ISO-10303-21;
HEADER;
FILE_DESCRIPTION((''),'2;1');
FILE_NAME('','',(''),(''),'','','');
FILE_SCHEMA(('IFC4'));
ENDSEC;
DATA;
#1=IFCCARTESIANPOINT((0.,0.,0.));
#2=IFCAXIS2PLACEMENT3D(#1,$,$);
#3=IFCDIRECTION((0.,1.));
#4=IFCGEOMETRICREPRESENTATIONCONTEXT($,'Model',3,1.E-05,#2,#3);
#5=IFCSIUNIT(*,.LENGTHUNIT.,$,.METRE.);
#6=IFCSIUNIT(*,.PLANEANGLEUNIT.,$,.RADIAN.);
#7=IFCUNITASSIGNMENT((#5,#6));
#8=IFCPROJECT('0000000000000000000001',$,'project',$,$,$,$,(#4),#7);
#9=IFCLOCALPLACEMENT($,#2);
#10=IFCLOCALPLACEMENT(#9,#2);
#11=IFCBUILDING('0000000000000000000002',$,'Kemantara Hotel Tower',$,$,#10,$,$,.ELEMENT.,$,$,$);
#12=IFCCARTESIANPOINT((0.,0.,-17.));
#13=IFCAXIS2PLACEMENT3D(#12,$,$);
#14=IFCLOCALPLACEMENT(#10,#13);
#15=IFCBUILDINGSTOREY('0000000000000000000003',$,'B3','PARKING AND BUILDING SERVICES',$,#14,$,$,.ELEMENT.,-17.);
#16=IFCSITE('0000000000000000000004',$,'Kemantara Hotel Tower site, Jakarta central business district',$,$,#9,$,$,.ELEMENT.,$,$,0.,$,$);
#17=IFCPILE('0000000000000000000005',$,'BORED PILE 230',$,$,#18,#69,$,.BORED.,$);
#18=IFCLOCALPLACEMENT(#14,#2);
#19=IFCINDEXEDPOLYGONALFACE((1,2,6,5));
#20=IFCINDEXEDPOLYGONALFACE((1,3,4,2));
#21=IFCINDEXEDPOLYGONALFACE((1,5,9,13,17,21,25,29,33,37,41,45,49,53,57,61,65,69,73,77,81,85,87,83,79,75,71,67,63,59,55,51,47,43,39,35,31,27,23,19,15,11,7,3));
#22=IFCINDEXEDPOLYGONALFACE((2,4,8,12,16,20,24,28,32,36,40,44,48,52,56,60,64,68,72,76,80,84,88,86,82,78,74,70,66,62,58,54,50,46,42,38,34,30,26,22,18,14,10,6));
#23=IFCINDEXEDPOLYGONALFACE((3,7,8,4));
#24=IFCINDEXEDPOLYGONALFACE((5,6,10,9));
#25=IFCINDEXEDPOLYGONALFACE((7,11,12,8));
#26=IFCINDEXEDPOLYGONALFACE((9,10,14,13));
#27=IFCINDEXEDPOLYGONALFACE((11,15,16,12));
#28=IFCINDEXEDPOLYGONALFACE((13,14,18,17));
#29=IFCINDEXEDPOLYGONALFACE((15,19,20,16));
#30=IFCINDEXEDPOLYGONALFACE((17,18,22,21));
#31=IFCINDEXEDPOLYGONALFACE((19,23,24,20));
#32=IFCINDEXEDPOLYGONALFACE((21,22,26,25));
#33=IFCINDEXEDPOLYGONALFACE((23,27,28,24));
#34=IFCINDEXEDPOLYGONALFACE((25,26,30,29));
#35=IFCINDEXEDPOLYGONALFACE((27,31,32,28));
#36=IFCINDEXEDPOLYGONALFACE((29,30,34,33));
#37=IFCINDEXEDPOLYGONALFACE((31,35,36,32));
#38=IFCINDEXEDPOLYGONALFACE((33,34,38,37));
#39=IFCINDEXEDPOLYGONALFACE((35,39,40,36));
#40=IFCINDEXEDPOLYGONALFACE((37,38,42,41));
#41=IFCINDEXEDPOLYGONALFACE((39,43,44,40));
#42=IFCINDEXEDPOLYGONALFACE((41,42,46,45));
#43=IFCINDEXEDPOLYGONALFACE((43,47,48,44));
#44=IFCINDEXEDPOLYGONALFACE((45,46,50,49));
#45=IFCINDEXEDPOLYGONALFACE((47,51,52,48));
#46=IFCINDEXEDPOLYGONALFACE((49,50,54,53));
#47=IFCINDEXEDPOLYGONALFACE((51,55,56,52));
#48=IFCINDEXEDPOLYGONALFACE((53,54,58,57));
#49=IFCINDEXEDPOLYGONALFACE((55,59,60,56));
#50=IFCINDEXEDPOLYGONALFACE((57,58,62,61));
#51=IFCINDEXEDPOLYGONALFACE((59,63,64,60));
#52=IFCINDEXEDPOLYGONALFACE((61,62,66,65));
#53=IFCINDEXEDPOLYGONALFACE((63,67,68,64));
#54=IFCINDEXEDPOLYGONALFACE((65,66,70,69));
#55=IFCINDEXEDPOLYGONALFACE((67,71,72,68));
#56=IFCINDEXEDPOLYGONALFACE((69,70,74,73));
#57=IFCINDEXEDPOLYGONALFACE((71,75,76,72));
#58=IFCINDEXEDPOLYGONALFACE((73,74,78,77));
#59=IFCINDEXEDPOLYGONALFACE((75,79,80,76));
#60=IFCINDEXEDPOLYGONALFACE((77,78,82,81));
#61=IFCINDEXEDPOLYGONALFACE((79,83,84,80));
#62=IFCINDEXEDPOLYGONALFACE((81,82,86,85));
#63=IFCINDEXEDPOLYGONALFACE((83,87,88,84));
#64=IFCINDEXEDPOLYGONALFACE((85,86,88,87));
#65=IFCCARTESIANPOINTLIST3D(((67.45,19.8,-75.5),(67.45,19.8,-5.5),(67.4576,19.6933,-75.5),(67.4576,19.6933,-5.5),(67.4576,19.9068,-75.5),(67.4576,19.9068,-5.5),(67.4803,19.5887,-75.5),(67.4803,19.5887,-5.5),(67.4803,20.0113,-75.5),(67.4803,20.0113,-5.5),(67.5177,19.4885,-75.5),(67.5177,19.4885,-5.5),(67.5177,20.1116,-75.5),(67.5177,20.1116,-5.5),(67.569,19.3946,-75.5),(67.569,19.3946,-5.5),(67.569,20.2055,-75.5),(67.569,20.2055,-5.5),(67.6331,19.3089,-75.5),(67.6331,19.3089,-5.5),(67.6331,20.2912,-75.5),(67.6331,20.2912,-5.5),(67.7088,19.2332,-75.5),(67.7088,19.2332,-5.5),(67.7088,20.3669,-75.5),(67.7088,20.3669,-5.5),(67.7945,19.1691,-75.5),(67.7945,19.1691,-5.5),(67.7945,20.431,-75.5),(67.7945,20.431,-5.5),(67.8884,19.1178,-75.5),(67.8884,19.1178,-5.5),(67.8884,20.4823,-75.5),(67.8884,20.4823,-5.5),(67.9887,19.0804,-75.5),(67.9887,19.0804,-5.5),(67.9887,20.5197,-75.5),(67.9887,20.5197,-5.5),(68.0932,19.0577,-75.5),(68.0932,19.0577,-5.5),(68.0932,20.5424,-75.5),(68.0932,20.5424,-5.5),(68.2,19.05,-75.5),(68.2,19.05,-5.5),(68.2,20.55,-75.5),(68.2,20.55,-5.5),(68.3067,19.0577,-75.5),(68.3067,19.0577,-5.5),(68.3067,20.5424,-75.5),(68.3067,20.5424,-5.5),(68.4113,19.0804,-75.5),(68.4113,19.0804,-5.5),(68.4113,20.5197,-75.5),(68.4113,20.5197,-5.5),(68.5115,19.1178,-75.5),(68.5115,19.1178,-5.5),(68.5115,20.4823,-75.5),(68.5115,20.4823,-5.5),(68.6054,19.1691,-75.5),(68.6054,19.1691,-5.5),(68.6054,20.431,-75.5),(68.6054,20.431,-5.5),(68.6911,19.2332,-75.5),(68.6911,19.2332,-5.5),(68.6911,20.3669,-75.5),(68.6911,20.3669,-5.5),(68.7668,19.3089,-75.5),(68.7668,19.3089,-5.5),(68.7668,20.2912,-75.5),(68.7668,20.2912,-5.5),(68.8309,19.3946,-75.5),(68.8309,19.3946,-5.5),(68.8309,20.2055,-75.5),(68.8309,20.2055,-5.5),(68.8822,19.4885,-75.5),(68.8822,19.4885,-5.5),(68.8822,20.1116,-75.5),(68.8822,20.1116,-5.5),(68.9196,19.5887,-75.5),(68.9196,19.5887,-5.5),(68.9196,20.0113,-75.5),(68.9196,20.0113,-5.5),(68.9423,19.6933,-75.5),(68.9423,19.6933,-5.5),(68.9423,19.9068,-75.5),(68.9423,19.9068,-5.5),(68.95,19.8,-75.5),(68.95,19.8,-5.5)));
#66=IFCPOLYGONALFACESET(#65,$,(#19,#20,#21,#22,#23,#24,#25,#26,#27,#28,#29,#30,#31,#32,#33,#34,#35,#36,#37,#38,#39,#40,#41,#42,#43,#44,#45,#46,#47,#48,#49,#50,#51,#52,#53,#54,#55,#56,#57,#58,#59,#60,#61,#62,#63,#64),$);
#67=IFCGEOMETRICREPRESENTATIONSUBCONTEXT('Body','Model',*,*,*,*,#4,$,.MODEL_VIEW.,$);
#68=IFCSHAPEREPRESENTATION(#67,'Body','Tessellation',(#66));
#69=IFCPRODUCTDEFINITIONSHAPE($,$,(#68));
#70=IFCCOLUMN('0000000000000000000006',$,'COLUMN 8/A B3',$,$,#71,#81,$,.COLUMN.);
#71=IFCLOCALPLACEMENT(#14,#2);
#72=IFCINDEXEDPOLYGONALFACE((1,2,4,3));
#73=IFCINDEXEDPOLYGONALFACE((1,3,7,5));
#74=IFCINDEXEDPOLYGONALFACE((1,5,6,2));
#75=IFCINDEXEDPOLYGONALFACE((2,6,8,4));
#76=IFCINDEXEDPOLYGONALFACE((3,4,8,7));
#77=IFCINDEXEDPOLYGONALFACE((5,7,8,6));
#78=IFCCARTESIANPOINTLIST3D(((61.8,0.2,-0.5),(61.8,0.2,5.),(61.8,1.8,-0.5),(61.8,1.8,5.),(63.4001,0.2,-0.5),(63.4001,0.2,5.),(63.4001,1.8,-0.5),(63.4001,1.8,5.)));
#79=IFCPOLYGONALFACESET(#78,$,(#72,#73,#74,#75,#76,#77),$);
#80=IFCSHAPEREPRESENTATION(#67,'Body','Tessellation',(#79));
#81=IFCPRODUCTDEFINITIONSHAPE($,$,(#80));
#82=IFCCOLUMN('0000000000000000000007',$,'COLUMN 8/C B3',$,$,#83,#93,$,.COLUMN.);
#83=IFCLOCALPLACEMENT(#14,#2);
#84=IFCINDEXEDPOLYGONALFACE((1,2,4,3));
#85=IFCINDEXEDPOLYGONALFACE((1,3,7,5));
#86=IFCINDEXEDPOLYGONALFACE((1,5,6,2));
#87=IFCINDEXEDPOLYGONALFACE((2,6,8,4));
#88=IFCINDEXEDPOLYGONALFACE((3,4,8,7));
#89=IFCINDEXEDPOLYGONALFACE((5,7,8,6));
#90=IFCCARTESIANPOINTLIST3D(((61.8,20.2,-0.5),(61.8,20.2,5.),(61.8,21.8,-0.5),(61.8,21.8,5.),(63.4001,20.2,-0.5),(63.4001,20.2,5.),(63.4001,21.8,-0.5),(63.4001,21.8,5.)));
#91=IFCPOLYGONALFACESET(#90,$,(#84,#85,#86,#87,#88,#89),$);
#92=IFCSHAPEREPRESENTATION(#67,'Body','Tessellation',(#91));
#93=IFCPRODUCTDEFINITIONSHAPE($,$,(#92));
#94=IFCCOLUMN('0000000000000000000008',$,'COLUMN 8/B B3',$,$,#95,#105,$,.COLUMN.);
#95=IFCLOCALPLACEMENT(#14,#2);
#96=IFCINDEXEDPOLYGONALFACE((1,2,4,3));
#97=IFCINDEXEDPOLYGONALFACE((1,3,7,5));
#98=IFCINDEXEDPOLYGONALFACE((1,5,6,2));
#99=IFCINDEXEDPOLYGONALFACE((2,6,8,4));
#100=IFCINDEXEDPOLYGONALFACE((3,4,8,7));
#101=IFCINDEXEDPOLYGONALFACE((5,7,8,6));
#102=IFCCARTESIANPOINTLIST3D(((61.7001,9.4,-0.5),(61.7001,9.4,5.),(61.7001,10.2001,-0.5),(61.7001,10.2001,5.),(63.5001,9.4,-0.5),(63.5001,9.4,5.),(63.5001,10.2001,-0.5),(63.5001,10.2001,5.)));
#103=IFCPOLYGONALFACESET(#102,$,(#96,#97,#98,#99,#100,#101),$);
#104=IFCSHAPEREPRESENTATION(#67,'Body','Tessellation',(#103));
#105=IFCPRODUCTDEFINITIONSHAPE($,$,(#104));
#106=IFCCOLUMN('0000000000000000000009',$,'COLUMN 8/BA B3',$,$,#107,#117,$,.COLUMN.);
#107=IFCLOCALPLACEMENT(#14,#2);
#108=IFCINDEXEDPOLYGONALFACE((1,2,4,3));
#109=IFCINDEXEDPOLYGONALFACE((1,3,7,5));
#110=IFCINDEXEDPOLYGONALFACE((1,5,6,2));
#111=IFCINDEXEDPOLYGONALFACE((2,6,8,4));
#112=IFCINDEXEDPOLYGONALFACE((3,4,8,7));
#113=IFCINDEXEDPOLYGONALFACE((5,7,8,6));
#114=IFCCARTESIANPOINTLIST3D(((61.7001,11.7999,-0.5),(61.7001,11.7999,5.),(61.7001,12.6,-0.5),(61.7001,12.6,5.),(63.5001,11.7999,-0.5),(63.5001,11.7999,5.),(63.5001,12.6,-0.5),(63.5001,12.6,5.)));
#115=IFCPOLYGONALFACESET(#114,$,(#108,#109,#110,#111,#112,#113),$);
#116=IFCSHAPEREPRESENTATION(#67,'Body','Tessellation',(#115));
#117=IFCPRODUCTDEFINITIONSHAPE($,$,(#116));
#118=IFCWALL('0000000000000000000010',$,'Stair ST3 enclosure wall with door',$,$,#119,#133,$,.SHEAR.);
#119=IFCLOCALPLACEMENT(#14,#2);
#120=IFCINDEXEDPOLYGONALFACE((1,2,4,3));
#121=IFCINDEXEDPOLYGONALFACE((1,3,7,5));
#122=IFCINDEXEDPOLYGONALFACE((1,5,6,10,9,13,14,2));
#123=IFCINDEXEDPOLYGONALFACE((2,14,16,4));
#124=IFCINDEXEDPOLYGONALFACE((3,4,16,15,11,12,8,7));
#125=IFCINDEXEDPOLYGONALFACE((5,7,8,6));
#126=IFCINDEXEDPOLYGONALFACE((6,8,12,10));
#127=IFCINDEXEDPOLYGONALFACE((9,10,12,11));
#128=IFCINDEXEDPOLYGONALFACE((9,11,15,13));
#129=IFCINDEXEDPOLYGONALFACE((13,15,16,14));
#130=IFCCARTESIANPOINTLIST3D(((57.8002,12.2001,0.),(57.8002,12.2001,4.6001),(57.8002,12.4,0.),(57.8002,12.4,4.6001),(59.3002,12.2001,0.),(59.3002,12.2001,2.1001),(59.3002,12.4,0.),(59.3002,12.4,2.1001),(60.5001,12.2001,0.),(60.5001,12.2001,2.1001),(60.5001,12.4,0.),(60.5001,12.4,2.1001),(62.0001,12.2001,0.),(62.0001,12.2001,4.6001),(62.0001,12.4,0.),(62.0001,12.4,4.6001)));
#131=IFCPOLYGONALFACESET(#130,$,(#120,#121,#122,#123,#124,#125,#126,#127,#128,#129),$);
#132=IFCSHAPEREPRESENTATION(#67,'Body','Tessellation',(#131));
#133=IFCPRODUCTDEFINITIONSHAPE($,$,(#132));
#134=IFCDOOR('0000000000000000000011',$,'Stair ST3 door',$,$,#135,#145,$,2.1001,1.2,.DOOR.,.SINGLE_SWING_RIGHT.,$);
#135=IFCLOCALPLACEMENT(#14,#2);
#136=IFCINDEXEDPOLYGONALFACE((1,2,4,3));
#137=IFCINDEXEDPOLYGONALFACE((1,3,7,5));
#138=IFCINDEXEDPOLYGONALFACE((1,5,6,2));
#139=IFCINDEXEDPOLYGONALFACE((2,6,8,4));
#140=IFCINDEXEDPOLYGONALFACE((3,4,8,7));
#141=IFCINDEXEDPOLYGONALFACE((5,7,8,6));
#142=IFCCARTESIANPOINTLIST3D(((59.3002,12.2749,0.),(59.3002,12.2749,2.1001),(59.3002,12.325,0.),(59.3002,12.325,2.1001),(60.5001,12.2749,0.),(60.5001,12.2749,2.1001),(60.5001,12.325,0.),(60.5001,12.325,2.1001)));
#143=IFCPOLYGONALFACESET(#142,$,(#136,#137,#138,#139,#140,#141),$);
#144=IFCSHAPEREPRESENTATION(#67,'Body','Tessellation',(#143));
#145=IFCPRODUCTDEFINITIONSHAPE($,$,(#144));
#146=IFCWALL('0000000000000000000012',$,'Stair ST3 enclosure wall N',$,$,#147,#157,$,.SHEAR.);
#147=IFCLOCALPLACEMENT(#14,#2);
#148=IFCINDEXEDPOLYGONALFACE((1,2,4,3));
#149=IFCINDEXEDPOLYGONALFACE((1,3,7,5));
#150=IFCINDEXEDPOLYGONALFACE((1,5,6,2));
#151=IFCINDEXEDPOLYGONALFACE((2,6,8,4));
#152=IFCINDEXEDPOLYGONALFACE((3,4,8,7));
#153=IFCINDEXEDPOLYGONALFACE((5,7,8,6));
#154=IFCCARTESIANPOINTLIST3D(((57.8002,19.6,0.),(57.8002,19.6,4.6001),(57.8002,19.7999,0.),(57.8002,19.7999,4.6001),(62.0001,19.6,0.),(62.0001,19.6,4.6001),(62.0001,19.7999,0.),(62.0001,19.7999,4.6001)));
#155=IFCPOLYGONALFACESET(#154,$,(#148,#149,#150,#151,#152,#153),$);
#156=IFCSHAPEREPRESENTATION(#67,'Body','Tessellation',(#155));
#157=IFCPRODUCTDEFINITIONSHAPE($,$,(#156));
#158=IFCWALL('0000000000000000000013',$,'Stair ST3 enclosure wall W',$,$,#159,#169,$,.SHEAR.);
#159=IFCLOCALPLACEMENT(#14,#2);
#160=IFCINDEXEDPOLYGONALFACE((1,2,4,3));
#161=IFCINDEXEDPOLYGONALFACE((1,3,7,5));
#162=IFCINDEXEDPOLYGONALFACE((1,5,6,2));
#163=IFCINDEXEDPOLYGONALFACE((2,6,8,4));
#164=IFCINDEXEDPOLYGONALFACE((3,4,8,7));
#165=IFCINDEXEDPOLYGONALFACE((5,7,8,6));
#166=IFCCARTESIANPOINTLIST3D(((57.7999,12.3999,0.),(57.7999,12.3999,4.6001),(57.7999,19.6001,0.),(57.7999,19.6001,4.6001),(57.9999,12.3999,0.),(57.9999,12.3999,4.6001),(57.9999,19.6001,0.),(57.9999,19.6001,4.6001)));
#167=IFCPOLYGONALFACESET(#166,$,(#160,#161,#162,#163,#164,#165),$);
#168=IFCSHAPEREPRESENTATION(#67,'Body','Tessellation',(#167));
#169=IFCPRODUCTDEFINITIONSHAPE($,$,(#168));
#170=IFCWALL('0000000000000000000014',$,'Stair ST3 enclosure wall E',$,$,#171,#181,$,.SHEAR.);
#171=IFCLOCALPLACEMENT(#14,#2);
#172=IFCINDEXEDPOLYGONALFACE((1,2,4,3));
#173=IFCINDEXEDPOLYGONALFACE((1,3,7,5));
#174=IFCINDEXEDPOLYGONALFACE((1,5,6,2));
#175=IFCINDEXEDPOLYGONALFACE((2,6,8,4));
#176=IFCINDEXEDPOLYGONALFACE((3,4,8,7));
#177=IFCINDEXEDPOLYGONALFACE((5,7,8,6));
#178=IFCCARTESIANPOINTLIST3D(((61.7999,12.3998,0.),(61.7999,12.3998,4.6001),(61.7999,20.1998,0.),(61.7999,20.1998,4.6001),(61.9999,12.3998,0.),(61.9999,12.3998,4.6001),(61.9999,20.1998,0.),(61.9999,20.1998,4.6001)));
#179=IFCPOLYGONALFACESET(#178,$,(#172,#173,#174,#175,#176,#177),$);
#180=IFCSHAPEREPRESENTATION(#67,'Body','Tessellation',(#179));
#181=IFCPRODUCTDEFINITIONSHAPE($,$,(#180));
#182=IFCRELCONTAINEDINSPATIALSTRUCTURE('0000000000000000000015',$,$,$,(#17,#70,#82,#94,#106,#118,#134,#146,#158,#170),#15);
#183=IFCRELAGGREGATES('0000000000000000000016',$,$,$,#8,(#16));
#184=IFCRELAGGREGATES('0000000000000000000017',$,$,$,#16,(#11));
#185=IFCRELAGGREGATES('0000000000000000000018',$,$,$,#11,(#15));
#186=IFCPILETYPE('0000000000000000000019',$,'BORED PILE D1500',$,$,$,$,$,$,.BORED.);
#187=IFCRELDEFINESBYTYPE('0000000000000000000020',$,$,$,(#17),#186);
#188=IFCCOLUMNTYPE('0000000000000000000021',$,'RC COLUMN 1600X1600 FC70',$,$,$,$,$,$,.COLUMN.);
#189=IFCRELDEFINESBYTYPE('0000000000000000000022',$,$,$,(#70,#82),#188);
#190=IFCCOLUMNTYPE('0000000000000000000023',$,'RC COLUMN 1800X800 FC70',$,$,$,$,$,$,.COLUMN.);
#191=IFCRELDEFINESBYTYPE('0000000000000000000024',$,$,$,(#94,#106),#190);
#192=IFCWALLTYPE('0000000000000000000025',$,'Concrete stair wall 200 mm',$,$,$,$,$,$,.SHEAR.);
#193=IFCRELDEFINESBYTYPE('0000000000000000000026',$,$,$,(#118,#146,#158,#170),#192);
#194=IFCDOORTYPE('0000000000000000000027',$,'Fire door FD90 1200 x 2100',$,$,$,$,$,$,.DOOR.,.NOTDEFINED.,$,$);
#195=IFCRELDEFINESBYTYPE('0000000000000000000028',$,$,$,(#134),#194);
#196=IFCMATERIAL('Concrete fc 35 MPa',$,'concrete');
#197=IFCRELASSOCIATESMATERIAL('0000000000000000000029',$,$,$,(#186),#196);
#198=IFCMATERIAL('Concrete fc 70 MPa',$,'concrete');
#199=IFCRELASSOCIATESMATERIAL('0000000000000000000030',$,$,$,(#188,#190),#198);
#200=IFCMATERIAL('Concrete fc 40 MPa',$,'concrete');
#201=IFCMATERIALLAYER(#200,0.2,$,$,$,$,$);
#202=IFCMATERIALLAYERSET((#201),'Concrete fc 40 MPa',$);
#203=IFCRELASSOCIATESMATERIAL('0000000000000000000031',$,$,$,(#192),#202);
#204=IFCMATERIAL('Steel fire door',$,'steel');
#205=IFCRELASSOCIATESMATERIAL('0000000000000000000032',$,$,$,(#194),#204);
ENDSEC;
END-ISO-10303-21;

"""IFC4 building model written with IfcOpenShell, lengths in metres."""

from ifc_helpers import new_model, si_unit, direction, frame, frame_2d, origin, origin_2d, place, context, subcontext, project, spatial, rectangle, circle, extrude, material, layer, layer_set, material_profile, profile_set, type_object, element, fill, save


model = new_model("IFC4")

# Units and contexts
model_context = context("Model", 3, precision=1e-05, world=origin(), true_north=direction((0.0, 1.0)))
body_context = subcontext(model_context, "Body", "Model", "MODEL_VIEW")
ifc_project = project(units=[si_unit("LENGTHUNIT", "METRE"), si_unit("PLANEANGLEUNIT", "RADIAN")], contexts=[model_context])

# Site, building, storey
site_placement = place(None, origin())
site = spatial("IfcSite", under=ifc_project, at=site_placement, Name="Kemantara Hotel Tower site, Jakarta central business district", CompositionType="ELEMENT", RefElevation=0.0)
building_placement = place(site_placement, origin())
building = spatial("IfcBuilding", under=site, at=building_placement, Name="Kemantara Hotel Tower", CompositionType="ELEMENT")
storey_placement = place(building_placement, frame((0.0, 0.0, -17.0)))
storey = spatial("IfcBuildingStorey", under=building, at=storey_placement, Name="B3", Description="PARKING AND BUILDING SERVICES", CompositionType="ELEMENT", Elevation=-17.0)

# Pile
ifc_material_1 = material(Name="Concrete fc 35 MPa", Category="concrete")
ifc_material_profile_1 = material_profile(ifc_material_1, circle(Radius=0.75, at=origin_2d()), Name="BORED PILE D1500")
ifc_profile_set_1 = profile_set([ifc_material_profile_1], Name="Concrete fc 35 MPa")
pile_type = type_object("IfcPileType", Name="BORED PILE D1500", PredefinedType="BORED", material=ifc_profile_set_1)
for number, where, z_axis, x_axis, name in (
    (1, (68.2, 19.8, -5.5), (0.0, 0.0, -1.0), (1.0, 0.0, 0.0), "BORED PILE 230"),
):
    element("IfcPile", number, at=place(storey_placement, frame(where, z_axis=z_axis, x_axis=x_axis)), inside=storey, type_object=pile_type, Name=name, PredefinedType="BORED", context=body_context, shape_type="SweptSolid", body=[
        extrude(circle(Radius=0.75, at=origin_2d()), origin(), (0.0, 0.0, 1.0), 70.0),
    ])

# Columns
ifc_material_2 = material(Name="Concrete fc 70 MPa", Category="concrete")
ifc_material_profile_2 = material_profile(ifc_material_2, rectangle(XDim=1.6001, YDim=1.6001, at=origin_2d()), Name="RC 1600X1600")
ifc_profile_set_2 = profile_set([ifc_material_profile_2], Name="Concrete fc 70 MPa")
column_type_1 = type_object("IfcColumnType", Name="RC COLUMN 1600X1600 FC70", PredefinedType="COLUMN", material=ifc_profile_set_2)
for number, where, z_axis, x_axis, name in (
    (2, (62.6001, 1.0, -0.5), (0.0, 0.0, 1.0), (1.0, 0.0, 0.0), "COLUMN 8/A B3"),
    (3, (62.6001, 21.0, -0.5), (0.0, 0.0, 1.0), (1.0, 0.0, 0.0), "COLUMN 8/C B3"),
):
    element("IfcColumn", number, at=place(storey_placement, frame(where, z_axis=z_axis, x_axis=x_axis)), inside=storey, type_object=column_type_1, Name=name, PredefinedType="COLUMN", context=body_context, shape_type="SweptSolid", body=[
        extrude(rectangle(XDim=1.6001, YDim=1.6001, at=origin_2d()), origin(), (0.0, 0.0, 1.0), 5.5),
    ])
ifc_material_profile_3 = material_profile(ifc_material_2, rectangle(XDim=1.8, YDim=0.8, at=origin_2d()), Name="RC 1800X800")
ifc_profile_set_3 = profile_set([ifc_material_profile_3], Name="Concrete fc 70 MPa")
column_type_2 = type_object("IfcColumnType", Name="RC COLUMN 1800X800 FC70", PredefinedType="COLUMN", material=ifc_profile_set_3)
for number, where, z_axis, x_axis, name in (
    (4, (62.6001, 9.8, -0.5), (0.0, 0.0, 1.0), (1.0, 0.0, 0.0), "COLUMN 8/B B3"),
    (5, (62.6001, 12.2, -0.5), (0.0, 0.0, 1.0), (1.0, 0.0, 0.0), "COLUMN 8/BA B3"),
):
    element("IfcColumn", number, at=place(storey_placement, frame(where, z_axis=z_axis, x_axis=x_axis)), inside=storey, type_object=column_type_2, Name=name, PredefinedType="COLUMN", context=body_context, shape_type="SweptSolid", body=[
        extrude(rectangle(XDim=1.8, YDim=0.8, at=origin_2d()), origin(), (0.0, 0.0, 1.0), 5.5),
    ])

# Wall, opening, door
ifc_material_3 = material(Name="Concrete fc 40 MPa", Category="concrete")
ifc_layer_1 = layer(ifc_material_3, 0.2)
ifc_layer_set_1 = layer_set([ifc_layer_1], Name="Concrete fc 40 MPa")
wall_type_1 = type_object("IfcWallType", Name="Concrete stair wall 200 mm", PredefinedType="SHEAR", material=ifc_layer_set_1)
wall_1_placement = place(storey_placement, frame((57.8, 12.3, 0.0), z_axis=(0.0, 0.0, 1.0), x_axis=(1.0, 0.0, 0.0)))
wall_1 = element("IfcWall", 6, at=wall_1_placement, inside=storey, type_object=wall_type_1, Name="Stair ST3 enclosure wall with door", PredefinedType="SHEAR", context=body_context, shape_type="SweptSolid", body=[
    extrude(rectangle(XDim=4.2, YDim=0.2, at=frame_2d((2.1001, 0.0))), origin(), (0.0, 0.0, 1.0), 4.6001),
])
opening_placement = place(wall_1_placement, frame((1.5, 0.0, 0.0)))
opening = element("IfcOpeningElement", 7, at=opening_placement, cuts=wall_1, PredefinedType="OPENING", context=body_context, shape_type="SweptSolid", body=[
    extrude(rectangle(XDim=1.2, YDim=2.1001, at=frame_2d((0.6001, 1.05))), frame((0.0, 0.1099, 0.0), z_axis=(0.0, -1.0, 0.0), x_axis=(1.0, 0.0, 0.0)), (0.0, 0.0, 1.0), 0.22),
])
ifc_material_4 = material(Name="Steel fire door", Category="steel")
door_type = type_object("IfcDoorType", Name="Fire door FD90 1200 x 2100", OperationType="NOTDEFINED", PredefinedType="DOOR", material=ifc_material_4)
door_placement = place(opening_placement, origin())
door = element("IfcDoor", 8, at=door_placement, inside=storey, type_object=door_type, Name="Stair ST3 door", OperationType="SINGLE_SWING_RIGHT", OverallHeight=2.1001, OverallWidth=1.2, PredefinedType="DOOR", context=body_context, shape_type="SweptSolid", body=[
    extrude(rectangle(XDim=1.2, YDim=2.1001, at=frame_2d((0.6001, 1.05))), frame((0.0, 0.0249, 0.0), z_axis=(0.0, -1.0, 0.0), x_axis=(1.0, 0.0, 0.0)), (0.0, 0.0, 1.0), 0.05),
])
fill(opening, door)

# Walls
wall_2_placement = place(storey_placement, frame((57.8, 19.7, 0.0), z_axis=(0.0, 0.0, 1.0), x_axis=(1.0, 0.0, 0.0)))
element("IfcWall", 9, at=wall_2_placement, inside=storey, type_object=wall_type_1, Name="Stair ST3 enclosure wall N", PredefinedType="SHEAR", context=body_context, shape_type="SweptSolid", body=[
    extrude(rectangle(XDim=4.2, YDim=0.2, at=frame_2d((2.1001, 0.0))), origin(), (0.0, 0.0, 1.0), 4.6001),
])
wall_3_placement = place(storey_placement, frame((57.8999, 12.3999, 0.0), z_axis=(0.0, 0.0, 1.0), x_axis=(0.0, 1.0, 0.0)))
element("IfcWall", 10, at=wall_3_placement, inside=storey, type_object=wall_type_1, Name="Stair ST3 enclosure wall W", PredefinedType="SHEAR", context=body_context, shape_type="SweptSolid", body=[
    extrude(rectangle(XDim=7.2002, YDim=0.2, at=frame_2d((3.6001, 0.0))), origin(), (0.0, 0.0, 1.0), 4.6001),
])
wall_4_placement = place(storey_placement, frame((61.8999, 12.3999, 0.0), z_axis=(0.0, 0.0, 1.0), x_axis=(0.0, 1.0, 0.0)))
element("IfcWall", 11, at=wall_4_placement, inside=storey, type_object=wall_type_1, Name="Stair ST3 enclosure wall E", PredefinedType="SHEAR", context=body_context, shape_type="SweptSolid", body=[
    extrude(rectangle(XDim=7.8, YDim=0.2, at=frame_2d((3.8999, 0.0))), origin(), (0.0, 0.0, 1.0), 4.6001),
])

save(model, "model.ifc")
